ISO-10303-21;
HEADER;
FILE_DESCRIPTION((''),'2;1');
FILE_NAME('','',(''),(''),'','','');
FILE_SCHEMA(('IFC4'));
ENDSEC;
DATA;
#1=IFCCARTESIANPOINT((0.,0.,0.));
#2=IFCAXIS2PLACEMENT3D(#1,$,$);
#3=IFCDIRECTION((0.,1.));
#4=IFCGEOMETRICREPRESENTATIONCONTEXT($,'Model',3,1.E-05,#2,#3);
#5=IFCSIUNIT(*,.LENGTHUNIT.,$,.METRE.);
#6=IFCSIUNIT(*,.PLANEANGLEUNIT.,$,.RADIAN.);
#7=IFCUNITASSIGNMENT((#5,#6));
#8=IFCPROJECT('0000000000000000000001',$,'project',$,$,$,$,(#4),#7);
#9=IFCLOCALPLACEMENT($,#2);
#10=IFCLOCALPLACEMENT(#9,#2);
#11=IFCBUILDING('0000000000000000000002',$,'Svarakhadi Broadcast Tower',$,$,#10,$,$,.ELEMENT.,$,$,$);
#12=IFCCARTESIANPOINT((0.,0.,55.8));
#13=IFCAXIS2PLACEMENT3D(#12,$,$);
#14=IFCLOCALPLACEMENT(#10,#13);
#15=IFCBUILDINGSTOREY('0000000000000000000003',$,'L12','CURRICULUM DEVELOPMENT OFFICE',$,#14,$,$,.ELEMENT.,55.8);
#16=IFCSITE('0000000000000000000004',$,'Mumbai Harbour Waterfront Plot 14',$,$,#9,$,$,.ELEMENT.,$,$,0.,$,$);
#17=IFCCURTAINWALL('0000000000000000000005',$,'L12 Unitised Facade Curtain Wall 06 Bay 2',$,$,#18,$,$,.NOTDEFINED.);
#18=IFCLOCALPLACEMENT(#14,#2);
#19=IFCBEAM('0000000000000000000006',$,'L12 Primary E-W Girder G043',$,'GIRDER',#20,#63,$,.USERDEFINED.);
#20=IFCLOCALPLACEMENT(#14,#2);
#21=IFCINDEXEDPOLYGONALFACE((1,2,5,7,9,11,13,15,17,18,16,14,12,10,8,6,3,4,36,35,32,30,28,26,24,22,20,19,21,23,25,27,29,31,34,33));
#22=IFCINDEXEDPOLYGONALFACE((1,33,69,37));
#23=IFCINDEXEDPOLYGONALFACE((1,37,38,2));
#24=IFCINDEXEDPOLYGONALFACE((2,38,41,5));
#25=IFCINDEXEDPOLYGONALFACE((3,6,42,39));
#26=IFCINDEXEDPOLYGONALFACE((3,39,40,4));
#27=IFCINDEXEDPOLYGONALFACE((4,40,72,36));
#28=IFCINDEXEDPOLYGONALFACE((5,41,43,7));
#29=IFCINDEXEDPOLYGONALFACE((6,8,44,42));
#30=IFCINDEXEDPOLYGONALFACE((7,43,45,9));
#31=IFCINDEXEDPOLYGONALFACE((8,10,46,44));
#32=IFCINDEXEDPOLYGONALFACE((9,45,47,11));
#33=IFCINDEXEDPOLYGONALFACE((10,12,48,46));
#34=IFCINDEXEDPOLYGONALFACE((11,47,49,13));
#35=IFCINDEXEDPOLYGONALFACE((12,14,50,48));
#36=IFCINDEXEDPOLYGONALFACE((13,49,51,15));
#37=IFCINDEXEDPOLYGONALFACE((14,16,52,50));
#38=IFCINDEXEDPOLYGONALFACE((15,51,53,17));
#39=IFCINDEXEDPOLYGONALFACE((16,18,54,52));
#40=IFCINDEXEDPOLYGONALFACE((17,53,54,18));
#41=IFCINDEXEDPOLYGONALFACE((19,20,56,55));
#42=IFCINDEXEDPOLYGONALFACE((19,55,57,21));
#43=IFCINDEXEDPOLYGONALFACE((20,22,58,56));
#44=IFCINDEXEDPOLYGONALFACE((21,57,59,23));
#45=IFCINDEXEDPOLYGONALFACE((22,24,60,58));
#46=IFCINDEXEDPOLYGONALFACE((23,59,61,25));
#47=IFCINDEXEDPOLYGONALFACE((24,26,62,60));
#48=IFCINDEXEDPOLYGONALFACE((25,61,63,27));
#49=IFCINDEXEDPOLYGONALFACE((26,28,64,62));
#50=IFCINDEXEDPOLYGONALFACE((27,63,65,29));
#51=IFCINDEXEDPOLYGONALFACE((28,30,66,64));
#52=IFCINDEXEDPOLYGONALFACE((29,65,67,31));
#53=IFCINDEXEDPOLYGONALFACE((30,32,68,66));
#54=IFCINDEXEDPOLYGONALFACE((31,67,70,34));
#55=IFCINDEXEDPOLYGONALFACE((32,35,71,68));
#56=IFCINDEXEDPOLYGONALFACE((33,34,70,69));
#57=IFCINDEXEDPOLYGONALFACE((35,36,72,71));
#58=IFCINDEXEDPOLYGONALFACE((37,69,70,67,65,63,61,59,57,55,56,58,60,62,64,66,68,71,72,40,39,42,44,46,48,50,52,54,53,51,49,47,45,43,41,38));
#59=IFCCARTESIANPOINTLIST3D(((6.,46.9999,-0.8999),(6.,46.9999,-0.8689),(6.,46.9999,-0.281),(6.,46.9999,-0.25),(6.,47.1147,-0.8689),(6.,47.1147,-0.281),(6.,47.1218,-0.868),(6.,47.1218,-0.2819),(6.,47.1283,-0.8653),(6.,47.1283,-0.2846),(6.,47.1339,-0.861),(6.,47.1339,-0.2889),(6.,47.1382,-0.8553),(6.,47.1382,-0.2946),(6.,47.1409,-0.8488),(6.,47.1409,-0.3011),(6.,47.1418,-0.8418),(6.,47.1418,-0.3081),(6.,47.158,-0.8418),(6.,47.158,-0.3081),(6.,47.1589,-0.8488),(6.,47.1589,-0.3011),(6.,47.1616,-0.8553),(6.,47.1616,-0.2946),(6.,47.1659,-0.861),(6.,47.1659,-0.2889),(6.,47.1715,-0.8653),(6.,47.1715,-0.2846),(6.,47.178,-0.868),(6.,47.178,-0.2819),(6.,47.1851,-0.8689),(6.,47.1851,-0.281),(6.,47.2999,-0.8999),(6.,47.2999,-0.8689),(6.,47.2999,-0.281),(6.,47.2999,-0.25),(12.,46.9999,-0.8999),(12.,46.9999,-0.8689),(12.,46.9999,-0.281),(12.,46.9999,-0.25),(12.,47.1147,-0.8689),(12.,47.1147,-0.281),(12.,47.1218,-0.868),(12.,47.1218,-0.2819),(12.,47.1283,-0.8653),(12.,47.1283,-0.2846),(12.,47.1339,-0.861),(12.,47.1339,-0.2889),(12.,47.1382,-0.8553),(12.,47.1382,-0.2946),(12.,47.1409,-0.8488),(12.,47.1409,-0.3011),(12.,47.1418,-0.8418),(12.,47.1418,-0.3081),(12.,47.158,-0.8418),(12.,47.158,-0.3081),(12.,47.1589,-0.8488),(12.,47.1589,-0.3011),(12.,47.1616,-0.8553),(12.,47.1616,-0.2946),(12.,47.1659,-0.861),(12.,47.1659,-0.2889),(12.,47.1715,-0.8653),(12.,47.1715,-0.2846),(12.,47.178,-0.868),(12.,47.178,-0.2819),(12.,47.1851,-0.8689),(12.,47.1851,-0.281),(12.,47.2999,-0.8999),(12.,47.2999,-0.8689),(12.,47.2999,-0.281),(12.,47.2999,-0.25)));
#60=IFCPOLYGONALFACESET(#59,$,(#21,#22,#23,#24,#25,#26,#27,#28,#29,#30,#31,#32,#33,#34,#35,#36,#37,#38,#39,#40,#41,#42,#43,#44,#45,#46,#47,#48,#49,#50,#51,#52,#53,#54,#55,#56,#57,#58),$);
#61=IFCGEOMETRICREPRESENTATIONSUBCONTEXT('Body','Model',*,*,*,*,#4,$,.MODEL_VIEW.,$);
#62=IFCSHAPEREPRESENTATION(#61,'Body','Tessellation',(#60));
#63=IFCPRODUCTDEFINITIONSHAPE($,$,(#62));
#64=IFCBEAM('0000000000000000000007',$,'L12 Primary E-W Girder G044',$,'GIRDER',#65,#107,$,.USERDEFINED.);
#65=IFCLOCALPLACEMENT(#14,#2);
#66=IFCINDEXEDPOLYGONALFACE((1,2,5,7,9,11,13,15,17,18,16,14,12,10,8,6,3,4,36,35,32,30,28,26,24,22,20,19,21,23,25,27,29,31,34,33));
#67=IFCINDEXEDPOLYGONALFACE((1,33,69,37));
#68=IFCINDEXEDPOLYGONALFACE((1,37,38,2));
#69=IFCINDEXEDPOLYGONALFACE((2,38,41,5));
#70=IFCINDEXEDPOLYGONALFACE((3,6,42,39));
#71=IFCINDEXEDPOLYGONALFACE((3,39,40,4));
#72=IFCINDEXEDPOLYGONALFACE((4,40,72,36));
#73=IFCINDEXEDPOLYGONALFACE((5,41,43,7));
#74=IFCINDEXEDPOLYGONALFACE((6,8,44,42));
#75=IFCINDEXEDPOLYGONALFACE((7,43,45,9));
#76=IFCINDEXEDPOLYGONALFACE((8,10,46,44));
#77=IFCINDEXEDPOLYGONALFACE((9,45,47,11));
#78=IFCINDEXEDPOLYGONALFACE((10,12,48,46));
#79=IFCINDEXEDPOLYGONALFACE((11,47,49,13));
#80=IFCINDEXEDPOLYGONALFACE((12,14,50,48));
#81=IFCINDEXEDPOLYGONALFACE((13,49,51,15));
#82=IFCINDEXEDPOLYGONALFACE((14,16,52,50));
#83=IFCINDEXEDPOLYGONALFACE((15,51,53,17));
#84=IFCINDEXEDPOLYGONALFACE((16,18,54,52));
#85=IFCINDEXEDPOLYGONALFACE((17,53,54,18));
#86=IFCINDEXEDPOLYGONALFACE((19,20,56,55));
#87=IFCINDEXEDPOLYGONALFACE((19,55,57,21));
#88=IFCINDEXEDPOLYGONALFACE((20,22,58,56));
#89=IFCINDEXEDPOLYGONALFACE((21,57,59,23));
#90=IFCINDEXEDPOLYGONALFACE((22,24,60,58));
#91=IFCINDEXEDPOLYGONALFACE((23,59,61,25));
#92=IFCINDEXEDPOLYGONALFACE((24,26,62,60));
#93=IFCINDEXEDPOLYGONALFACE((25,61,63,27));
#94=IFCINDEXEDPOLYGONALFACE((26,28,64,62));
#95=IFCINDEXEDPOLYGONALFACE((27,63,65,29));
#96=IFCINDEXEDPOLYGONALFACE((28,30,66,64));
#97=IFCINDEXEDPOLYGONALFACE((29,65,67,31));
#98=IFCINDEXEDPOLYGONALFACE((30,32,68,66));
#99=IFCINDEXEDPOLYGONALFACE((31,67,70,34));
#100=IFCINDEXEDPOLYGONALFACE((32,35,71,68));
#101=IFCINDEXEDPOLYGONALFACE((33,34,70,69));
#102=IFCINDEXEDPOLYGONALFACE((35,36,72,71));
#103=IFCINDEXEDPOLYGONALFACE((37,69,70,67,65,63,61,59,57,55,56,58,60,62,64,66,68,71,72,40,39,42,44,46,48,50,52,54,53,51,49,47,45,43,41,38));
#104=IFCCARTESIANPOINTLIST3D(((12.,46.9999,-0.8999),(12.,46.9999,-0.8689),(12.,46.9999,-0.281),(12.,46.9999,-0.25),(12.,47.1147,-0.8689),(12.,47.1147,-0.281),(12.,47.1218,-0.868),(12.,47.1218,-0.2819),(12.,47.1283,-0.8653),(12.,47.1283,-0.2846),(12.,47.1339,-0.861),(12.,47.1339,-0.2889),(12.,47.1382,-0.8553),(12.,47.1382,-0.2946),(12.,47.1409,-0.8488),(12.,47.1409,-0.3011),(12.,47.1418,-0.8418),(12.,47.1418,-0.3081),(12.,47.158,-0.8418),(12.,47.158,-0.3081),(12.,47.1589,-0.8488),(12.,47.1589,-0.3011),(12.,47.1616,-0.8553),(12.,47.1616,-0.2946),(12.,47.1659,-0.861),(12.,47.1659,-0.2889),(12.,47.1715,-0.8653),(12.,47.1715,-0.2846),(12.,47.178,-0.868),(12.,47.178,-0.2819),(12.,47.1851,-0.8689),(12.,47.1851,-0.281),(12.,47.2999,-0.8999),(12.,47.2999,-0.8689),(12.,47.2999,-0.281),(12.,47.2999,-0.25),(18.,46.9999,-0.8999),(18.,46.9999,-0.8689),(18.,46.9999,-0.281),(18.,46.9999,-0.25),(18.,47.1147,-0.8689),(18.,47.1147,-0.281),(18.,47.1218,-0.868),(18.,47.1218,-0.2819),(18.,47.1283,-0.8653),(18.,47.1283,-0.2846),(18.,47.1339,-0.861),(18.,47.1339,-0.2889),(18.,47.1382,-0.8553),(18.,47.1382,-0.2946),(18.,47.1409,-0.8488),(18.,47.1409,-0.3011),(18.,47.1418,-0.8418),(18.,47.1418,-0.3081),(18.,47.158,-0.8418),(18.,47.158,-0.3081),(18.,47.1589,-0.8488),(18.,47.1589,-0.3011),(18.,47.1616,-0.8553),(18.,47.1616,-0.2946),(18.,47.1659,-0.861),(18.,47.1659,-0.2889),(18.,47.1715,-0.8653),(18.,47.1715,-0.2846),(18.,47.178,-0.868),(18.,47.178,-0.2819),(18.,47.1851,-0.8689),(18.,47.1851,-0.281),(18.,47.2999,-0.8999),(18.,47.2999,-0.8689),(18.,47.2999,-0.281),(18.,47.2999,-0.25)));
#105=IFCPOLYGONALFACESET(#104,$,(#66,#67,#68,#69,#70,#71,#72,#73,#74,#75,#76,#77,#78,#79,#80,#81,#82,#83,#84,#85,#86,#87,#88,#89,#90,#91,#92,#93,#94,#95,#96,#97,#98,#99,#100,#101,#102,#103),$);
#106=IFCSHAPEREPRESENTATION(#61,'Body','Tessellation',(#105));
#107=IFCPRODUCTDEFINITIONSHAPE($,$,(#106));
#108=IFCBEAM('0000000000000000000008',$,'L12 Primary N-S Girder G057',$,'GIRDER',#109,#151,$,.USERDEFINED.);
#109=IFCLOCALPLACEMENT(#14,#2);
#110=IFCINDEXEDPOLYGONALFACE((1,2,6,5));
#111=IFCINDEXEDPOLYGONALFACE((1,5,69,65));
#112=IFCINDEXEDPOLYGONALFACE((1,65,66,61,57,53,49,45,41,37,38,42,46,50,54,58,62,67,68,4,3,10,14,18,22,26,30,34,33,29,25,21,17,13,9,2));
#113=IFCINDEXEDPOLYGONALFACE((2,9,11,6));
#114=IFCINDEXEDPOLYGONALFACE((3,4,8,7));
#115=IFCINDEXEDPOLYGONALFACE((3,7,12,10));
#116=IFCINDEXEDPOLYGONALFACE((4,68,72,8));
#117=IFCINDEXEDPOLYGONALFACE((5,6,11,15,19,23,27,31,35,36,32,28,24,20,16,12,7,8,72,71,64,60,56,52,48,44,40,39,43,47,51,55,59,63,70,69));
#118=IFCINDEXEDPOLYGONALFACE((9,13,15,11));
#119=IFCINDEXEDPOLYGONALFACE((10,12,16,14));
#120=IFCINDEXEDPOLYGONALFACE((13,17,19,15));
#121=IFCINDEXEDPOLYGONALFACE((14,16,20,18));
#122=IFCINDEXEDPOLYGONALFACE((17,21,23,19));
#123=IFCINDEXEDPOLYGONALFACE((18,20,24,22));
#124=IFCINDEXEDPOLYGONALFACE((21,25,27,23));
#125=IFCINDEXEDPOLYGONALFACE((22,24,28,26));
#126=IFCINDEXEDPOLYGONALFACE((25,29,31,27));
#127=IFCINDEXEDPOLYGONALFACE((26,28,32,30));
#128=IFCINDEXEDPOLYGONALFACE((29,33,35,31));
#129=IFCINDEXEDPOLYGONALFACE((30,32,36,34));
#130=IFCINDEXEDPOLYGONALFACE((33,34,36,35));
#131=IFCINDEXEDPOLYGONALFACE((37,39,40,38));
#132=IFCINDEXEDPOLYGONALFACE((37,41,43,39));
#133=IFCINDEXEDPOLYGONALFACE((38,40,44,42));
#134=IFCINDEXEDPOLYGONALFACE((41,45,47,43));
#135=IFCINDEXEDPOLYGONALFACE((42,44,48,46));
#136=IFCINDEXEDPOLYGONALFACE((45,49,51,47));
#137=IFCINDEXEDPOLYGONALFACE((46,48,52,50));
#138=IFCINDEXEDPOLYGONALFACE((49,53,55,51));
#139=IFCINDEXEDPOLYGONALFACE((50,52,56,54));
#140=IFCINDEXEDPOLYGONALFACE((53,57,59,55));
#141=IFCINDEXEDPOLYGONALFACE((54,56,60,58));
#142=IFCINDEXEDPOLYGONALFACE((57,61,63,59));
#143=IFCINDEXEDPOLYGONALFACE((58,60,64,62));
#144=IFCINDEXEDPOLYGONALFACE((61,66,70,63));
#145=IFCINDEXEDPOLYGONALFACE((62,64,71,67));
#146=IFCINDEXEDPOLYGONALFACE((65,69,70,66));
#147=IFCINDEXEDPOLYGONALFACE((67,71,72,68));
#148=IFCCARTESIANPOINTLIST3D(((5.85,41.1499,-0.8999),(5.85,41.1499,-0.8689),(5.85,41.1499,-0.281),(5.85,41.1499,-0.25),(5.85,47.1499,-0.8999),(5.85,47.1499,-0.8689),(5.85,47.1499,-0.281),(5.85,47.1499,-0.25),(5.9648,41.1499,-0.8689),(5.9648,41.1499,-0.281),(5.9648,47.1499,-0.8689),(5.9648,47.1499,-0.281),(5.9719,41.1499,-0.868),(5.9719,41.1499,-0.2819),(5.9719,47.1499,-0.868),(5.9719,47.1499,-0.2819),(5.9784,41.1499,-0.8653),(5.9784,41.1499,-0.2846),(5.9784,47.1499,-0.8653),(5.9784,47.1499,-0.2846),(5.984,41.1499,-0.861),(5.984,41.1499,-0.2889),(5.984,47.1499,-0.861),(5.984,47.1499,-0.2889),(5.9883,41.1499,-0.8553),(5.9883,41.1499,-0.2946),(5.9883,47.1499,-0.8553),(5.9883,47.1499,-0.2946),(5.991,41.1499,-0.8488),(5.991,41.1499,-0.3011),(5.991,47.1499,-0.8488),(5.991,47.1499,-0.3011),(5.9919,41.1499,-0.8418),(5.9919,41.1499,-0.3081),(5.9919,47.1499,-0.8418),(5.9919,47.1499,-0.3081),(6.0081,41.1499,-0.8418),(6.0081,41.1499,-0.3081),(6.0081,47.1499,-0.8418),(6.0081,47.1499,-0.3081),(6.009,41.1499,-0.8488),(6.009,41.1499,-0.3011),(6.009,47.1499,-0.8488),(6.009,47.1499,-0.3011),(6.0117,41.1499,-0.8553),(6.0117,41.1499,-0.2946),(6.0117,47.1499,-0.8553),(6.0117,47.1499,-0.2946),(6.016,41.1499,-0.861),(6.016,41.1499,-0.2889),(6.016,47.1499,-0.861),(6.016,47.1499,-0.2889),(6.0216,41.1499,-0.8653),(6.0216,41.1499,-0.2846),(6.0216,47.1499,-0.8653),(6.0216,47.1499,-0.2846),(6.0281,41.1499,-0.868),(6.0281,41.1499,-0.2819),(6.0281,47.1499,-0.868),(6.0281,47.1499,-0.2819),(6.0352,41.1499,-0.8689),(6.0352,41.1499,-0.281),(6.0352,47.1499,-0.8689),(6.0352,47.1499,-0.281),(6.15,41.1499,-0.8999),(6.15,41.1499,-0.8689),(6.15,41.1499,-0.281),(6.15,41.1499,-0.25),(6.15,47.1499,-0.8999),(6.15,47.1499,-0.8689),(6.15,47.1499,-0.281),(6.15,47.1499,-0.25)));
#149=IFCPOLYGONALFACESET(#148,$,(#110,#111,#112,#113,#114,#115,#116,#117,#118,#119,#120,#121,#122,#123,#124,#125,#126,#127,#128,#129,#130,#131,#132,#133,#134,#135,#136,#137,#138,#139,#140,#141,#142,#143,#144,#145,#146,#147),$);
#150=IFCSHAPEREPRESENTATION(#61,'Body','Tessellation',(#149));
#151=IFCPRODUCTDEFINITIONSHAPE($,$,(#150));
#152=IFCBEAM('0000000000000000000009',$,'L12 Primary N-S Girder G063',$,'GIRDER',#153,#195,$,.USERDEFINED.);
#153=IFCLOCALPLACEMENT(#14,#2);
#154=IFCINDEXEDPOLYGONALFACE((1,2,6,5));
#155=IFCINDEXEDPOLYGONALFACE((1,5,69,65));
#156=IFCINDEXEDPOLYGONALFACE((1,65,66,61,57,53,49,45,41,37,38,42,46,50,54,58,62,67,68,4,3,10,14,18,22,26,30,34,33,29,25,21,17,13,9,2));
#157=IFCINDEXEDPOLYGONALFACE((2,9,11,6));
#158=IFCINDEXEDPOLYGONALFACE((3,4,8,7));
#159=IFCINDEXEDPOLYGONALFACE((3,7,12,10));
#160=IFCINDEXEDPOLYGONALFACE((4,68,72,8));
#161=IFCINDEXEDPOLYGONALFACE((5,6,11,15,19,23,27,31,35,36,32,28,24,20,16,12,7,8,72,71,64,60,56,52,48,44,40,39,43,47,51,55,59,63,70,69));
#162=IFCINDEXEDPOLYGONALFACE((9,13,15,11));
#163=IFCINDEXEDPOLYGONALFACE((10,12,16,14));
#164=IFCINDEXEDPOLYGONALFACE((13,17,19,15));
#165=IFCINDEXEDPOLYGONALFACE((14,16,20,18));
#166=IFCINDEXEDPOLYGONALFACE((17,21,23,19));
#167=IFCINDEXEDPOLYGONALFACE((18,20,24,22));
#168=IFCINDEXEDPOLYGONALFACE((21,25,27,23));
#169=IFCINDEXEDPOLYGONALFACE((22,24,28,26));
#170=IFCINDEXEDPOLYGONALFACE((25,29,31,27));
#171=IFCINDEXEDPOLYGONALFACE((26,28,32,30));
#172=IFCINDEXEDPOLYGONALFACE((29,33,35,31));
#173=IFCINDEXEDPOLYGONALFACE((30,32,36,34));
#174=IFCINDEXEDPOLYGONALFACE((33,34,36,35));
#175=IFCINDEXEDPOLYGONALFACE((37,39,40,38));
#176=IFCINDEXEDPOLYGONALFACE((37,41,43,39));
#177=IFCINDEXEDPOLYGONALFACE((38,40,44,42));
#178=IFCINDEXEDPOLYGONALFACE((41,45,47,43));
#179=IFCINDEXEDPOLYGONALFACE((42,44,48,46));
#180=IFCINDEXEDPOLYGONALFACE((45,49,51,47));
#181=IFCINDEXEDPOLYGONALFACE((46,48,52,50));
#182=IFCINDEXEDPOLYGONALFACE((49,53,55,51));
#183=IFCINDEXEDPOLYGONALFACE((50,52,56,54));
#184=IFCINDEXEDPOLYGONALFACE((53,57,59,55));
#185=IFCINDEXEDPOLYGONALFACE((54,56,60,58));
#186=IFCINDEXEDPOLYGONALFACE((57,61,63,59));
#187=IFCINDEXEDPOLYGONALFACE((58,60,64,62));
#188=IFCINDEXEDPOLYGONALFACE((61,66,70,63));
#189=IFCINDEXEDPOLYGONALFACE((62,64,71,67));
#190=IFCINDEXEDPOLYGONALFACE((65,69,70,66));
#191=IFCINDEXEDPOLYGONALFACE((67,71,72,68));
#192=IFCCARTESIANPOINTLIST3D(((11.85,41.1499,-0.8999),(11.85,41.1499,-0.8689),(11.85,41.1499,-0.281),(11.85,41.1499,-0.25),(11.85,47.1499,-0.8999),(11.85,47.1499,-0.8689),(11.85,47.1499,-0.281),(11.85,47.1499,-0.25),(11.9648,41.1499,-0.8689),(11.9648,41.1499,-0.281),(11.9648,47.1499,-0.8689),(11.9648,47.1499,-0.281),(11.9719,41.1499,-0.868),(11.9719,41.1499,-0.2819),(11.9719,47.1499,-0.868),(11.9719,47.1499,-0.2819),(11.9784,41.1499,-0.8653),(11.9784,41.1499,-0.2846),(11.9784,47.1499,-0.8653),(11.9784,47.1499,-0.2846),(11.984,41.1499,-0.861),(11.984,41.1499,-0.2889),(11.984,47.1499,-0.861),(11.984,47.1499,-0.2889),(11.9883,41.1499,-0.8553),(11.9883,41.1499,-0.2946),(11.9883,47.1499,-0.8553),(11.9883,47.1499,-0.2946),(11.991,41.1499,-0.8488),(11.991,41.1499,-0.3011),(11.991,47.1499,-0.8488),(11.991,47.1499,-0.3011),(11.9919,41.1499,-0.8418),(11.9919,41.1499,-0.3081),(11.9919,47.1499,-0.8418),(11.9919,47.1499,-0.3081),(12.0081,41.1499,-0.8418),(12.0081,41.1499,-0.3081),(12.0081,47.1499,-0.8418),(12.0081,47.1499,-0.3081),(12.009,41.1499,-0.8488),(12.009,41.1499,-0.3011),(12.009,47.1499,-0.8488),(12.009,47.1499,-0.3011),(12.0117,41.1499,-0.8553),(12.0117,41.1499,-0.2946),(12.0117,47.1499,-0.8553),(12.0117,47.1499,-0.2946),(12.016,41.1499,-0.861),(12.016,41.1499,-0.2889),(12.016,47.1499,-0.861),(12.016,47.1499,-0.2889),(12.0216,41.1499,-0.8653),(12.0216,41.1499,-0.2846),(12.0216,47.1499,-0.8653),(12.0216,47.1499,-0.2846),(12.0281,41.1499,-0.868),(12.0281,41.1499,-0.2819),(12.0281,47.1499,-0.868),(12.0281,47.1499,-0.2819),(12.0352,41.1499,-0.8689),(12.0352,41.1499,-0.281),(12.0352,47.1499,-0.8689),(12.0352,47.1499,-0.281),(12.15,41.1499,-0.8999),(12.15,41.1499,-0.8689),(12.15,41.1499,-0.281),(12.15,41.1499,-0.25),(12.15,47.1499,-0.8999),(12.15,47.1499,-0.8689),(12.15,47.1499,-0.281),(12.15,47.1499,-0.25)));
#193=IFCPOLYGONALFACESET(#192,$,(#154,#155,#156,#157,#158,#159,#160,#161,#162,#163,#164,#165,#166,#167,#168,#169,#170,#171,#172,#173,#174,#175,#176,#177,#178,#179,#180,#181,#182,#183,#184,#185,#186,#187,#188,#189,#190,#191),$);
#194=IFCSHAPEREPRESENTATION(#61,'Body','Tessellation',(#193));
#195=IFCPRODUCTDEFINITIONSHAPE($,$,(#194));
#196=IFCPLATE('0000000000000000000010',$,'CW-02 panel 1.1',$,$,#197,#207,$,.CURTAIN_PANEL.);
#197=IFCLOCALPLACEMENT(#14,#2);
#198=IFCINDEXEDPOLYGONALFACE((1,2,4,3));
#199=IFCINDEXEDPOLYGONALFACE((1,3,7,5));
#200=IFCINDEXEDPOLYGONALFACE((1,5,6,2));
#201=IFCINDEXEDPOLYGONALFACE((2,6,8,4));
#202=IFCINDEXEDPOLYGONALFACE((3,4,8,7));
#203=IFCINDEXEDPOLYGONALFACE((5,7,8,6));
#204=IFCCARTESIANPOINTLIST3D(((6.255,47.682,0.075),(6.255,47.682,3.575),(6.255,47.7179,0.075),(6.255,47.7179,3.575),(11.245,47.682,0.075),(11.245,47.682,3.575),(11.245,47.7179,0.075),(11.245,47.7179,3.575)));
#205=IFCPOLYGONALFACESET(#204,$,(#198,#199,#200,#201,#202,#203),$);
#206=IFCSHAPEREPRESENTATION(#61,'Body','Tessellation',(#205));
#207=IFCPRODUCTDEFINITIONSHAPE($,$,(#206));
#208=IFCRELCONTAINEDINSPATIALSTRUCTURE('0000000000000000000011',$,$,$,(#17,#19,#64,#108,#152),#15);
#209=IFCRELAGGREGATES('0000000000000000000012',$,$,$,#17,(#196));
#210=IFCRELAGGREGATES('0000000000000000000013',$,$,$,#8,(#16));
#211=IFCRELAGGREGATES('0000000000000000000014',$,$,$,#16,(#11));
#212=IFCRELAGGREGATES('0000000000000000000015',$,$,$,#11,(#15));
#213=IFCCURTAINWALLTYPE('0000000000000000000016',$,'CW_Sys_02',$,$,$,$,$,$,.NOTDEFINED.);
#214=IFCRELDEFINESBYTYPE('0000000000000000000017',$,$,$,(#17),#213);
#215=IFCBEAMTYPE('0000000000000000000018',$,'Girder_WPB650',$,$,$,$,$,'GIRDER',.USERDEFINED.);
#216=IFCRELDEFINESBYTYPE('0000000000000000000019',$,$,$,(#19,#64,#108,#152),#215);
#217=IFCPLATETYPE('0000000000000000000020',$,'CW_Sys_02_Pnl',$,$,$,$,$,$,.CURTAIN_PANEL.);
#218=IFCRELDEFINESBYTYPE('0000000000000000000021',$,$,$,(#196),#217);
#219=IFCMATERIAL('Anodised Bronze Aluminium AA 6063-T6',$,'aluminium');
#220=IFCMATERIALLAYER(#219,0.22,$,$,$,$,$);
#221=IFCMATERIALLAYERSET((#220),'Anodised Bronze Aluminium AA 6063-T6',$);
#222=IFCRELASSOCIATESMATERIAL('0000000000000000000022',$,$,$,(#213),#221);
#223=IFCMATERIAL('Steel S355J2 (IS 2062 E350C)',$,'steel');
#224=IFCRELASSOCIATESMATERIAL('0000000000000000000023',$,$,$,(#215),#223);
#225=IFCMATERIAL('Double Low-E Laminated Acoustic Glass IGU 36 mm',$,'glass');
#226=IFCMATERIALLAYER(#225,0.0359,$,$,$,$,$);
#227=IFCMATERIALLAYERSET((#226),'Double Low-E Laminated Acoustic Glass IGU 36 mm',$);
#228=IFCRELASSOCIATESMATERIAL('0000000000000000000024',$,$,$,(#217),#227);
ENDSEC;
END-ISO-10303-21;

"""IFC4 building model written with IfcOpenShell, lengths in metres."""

from ifc_helpers import new_model, si_unit, direction, frame, origin, origin_2d, place, context, subcontext, project, spatial, rectangle, i_section, extrude, material, layer, layer_set, material_profile, profile_set, type_object, element, aggregate, save


model = new_model("IFC4")

# Units and contexts
model_context = context("Model", 3, precision=1e-05, world=origin(), true_north=direction((0.0, 1.0)))
body_context = subcontext(model_context, "Body", "Model", "MODEL_VIEW")
ifc_project = project(units=[si_unit("LENGTHUNIT", "METRE"), si_unit("PLANEANGLEUNIT", "RADIAN")], contexts=[model_context])

# Site, building, storey
site_placement = place(None, origin())
site = spatial("IfcSite", under=ifc_project, at=site_placement, Name="Mumbai Harbour Waterfront Plot 14", CompositionType="ELEMENT", RefElevation=0.0)
building_placement = place(site_placement, origin())
building = spatial("IfcBuilding", under=site, at=building_placement, Name="Svarakhadi Broadcast Tower", CompositionType="ELEMENT")
storey_placement = place(building_placement, frame((0.0, 0.0, 55.8)))
storey = spatial("IfcBuildingStorey", under=building, at=storey_placement, Name="L12", Description="CURRICULUM DEVELOPMENT OFFICE", CompositionType="ELEMENT", Elevation=55.8)

# Shared definitions
ifc_material_1 = material(Name="Steel S355J2 (IS 2062 E350C)", Category="steel")

# Curtain wall
ifc_material_2 = material(Name="Anodised Bronze Aluminium AA 6063-T6", Category="aluminium")
ifc_layer_1 = layer(ifc_material_2, 0.22)
ifc_layer_set_1 = layer_set([ifc_layer_1], Name="Anodised Bronze Aluminium AA 6063-T6")
curtain_wall_type = type_object("IfcCurtainWallType", Name="CW_Sys_02", PredefinedType="NOTDEFINED", material=ifc_layer_set_1)
curtain_wall_1_placement = place(storey_placement, origin())
curtain_wall_1 = element("IfcCurtainWall", 1, at=curtain_wall_1_placement, inside=storey, type_object=curtain_wall_type, Name="L12 Unitised Facade Curtain Wall 06 Bay 2", PredefinedType="NOTDEFINED")

# Beams
ifc_material_profile_1 = material_profile(ifc_material_1, i_section(OverallWidth=0.3, OverallDepth=0.6499, WebThickness=0.0161, FlangeThickness=0.031, FilletRadius=0.0271, at=origin_2d()), Name="WPB 650x300x225")
ifc_profile_set_1 = profile_set([ifc_material_profile_1], Name="Steel S355J2 (IS 2062 E350C)")
beam_type_1 = type_object("IfcBeamType", Name="Girder_WPB650", ElementType="GIRDER", PredefinedType="USERDEFINED", material=ifc_profile_set_1)
for number, where, z_axis, x_axis, name in (
    (2, (6.0, 47.1499, -0.575), (1.0, 0.0, 0.0), (0.0, 1.0, 0.0), "L12 Primary E-W Girder G043"),
    (3, (12.0, 47.1499, -0.575), (1.0, 0.0, 0.0), (0.0, 1.0, 0.0), "L12 Primary E-W Girder G044"),
    (4, (6.0, 41.1499, -0.575), (0.0, 1.0, 0.0), (-1.0, 0.0, 0.0), "L12 Primary N-S Girder G057"),
    (5, (12.0, 41.1499, -0.575), (0.0, 1.0, 0.0), (-1.0, 0.0, 0.0), "L12 Primary N-S Girder G063"),
):
    element("IfcBeam", number, at=place(storey_placement, frame(where, z_axis=z_axis, x_axis=x_axis)), inside=storey, type_object=beam_type_1, Name=name, ObjectType="GIRDER", PredefinedType="USERDEFINED", context=body_context, shape_type="SweptSolid", body=[
        extrude(i_section(OverallWidth=0.3, OverallDepth=0.6499, WebThickness=0.0161, FlangeThickness=0.031, FilletRadius=0.0271, at=origin_2d()), origin(), (0.0, 0.0, 1.0), 6.0),
    ])

# Plate
ifc_material_3 = material(Name="Double Low-E Laminated Acoustic Glass IGU 36 mm", Category="glass")
ifc_layer_2 = layer(ifc_material_3, 0.0359)
ifc_layer_set_2 = layer_set([ifc_layer_2], Name="Double Low-E Laminated Acoustic Glass IGU 36 mm")
plate_type_1 = type_object("IfcPlateType", Name="CW_Sys_02_Pnl", PredefinedType="CURTAIN_PANEL", material=ifc_layer_set_2)
plate_1_placement = place(storey_placement, frame((8.75, 47.7, 0.075), z_axis=(0.0, 0.0, 1.0), x_axis=(1.0, 0.0, 0.0)))
plate_1 = element("IfcPlate", 6, at=plate_1_placement, type_object=plate_type_1, Name="CW-02 panel 1.1", PredefinedType="CURTAIN_PANEL", context=body_context, shape_type="SweptSolid", body=[
    extrude(rectangle(XDim=4.99, YDim=0.0359, at=origin_2d()), origin(), (0.0, 0.0, 1.0), 3.5),
])
aggregate(curtain_wall_1, [plate_1])

save(model, "model.ifc")
